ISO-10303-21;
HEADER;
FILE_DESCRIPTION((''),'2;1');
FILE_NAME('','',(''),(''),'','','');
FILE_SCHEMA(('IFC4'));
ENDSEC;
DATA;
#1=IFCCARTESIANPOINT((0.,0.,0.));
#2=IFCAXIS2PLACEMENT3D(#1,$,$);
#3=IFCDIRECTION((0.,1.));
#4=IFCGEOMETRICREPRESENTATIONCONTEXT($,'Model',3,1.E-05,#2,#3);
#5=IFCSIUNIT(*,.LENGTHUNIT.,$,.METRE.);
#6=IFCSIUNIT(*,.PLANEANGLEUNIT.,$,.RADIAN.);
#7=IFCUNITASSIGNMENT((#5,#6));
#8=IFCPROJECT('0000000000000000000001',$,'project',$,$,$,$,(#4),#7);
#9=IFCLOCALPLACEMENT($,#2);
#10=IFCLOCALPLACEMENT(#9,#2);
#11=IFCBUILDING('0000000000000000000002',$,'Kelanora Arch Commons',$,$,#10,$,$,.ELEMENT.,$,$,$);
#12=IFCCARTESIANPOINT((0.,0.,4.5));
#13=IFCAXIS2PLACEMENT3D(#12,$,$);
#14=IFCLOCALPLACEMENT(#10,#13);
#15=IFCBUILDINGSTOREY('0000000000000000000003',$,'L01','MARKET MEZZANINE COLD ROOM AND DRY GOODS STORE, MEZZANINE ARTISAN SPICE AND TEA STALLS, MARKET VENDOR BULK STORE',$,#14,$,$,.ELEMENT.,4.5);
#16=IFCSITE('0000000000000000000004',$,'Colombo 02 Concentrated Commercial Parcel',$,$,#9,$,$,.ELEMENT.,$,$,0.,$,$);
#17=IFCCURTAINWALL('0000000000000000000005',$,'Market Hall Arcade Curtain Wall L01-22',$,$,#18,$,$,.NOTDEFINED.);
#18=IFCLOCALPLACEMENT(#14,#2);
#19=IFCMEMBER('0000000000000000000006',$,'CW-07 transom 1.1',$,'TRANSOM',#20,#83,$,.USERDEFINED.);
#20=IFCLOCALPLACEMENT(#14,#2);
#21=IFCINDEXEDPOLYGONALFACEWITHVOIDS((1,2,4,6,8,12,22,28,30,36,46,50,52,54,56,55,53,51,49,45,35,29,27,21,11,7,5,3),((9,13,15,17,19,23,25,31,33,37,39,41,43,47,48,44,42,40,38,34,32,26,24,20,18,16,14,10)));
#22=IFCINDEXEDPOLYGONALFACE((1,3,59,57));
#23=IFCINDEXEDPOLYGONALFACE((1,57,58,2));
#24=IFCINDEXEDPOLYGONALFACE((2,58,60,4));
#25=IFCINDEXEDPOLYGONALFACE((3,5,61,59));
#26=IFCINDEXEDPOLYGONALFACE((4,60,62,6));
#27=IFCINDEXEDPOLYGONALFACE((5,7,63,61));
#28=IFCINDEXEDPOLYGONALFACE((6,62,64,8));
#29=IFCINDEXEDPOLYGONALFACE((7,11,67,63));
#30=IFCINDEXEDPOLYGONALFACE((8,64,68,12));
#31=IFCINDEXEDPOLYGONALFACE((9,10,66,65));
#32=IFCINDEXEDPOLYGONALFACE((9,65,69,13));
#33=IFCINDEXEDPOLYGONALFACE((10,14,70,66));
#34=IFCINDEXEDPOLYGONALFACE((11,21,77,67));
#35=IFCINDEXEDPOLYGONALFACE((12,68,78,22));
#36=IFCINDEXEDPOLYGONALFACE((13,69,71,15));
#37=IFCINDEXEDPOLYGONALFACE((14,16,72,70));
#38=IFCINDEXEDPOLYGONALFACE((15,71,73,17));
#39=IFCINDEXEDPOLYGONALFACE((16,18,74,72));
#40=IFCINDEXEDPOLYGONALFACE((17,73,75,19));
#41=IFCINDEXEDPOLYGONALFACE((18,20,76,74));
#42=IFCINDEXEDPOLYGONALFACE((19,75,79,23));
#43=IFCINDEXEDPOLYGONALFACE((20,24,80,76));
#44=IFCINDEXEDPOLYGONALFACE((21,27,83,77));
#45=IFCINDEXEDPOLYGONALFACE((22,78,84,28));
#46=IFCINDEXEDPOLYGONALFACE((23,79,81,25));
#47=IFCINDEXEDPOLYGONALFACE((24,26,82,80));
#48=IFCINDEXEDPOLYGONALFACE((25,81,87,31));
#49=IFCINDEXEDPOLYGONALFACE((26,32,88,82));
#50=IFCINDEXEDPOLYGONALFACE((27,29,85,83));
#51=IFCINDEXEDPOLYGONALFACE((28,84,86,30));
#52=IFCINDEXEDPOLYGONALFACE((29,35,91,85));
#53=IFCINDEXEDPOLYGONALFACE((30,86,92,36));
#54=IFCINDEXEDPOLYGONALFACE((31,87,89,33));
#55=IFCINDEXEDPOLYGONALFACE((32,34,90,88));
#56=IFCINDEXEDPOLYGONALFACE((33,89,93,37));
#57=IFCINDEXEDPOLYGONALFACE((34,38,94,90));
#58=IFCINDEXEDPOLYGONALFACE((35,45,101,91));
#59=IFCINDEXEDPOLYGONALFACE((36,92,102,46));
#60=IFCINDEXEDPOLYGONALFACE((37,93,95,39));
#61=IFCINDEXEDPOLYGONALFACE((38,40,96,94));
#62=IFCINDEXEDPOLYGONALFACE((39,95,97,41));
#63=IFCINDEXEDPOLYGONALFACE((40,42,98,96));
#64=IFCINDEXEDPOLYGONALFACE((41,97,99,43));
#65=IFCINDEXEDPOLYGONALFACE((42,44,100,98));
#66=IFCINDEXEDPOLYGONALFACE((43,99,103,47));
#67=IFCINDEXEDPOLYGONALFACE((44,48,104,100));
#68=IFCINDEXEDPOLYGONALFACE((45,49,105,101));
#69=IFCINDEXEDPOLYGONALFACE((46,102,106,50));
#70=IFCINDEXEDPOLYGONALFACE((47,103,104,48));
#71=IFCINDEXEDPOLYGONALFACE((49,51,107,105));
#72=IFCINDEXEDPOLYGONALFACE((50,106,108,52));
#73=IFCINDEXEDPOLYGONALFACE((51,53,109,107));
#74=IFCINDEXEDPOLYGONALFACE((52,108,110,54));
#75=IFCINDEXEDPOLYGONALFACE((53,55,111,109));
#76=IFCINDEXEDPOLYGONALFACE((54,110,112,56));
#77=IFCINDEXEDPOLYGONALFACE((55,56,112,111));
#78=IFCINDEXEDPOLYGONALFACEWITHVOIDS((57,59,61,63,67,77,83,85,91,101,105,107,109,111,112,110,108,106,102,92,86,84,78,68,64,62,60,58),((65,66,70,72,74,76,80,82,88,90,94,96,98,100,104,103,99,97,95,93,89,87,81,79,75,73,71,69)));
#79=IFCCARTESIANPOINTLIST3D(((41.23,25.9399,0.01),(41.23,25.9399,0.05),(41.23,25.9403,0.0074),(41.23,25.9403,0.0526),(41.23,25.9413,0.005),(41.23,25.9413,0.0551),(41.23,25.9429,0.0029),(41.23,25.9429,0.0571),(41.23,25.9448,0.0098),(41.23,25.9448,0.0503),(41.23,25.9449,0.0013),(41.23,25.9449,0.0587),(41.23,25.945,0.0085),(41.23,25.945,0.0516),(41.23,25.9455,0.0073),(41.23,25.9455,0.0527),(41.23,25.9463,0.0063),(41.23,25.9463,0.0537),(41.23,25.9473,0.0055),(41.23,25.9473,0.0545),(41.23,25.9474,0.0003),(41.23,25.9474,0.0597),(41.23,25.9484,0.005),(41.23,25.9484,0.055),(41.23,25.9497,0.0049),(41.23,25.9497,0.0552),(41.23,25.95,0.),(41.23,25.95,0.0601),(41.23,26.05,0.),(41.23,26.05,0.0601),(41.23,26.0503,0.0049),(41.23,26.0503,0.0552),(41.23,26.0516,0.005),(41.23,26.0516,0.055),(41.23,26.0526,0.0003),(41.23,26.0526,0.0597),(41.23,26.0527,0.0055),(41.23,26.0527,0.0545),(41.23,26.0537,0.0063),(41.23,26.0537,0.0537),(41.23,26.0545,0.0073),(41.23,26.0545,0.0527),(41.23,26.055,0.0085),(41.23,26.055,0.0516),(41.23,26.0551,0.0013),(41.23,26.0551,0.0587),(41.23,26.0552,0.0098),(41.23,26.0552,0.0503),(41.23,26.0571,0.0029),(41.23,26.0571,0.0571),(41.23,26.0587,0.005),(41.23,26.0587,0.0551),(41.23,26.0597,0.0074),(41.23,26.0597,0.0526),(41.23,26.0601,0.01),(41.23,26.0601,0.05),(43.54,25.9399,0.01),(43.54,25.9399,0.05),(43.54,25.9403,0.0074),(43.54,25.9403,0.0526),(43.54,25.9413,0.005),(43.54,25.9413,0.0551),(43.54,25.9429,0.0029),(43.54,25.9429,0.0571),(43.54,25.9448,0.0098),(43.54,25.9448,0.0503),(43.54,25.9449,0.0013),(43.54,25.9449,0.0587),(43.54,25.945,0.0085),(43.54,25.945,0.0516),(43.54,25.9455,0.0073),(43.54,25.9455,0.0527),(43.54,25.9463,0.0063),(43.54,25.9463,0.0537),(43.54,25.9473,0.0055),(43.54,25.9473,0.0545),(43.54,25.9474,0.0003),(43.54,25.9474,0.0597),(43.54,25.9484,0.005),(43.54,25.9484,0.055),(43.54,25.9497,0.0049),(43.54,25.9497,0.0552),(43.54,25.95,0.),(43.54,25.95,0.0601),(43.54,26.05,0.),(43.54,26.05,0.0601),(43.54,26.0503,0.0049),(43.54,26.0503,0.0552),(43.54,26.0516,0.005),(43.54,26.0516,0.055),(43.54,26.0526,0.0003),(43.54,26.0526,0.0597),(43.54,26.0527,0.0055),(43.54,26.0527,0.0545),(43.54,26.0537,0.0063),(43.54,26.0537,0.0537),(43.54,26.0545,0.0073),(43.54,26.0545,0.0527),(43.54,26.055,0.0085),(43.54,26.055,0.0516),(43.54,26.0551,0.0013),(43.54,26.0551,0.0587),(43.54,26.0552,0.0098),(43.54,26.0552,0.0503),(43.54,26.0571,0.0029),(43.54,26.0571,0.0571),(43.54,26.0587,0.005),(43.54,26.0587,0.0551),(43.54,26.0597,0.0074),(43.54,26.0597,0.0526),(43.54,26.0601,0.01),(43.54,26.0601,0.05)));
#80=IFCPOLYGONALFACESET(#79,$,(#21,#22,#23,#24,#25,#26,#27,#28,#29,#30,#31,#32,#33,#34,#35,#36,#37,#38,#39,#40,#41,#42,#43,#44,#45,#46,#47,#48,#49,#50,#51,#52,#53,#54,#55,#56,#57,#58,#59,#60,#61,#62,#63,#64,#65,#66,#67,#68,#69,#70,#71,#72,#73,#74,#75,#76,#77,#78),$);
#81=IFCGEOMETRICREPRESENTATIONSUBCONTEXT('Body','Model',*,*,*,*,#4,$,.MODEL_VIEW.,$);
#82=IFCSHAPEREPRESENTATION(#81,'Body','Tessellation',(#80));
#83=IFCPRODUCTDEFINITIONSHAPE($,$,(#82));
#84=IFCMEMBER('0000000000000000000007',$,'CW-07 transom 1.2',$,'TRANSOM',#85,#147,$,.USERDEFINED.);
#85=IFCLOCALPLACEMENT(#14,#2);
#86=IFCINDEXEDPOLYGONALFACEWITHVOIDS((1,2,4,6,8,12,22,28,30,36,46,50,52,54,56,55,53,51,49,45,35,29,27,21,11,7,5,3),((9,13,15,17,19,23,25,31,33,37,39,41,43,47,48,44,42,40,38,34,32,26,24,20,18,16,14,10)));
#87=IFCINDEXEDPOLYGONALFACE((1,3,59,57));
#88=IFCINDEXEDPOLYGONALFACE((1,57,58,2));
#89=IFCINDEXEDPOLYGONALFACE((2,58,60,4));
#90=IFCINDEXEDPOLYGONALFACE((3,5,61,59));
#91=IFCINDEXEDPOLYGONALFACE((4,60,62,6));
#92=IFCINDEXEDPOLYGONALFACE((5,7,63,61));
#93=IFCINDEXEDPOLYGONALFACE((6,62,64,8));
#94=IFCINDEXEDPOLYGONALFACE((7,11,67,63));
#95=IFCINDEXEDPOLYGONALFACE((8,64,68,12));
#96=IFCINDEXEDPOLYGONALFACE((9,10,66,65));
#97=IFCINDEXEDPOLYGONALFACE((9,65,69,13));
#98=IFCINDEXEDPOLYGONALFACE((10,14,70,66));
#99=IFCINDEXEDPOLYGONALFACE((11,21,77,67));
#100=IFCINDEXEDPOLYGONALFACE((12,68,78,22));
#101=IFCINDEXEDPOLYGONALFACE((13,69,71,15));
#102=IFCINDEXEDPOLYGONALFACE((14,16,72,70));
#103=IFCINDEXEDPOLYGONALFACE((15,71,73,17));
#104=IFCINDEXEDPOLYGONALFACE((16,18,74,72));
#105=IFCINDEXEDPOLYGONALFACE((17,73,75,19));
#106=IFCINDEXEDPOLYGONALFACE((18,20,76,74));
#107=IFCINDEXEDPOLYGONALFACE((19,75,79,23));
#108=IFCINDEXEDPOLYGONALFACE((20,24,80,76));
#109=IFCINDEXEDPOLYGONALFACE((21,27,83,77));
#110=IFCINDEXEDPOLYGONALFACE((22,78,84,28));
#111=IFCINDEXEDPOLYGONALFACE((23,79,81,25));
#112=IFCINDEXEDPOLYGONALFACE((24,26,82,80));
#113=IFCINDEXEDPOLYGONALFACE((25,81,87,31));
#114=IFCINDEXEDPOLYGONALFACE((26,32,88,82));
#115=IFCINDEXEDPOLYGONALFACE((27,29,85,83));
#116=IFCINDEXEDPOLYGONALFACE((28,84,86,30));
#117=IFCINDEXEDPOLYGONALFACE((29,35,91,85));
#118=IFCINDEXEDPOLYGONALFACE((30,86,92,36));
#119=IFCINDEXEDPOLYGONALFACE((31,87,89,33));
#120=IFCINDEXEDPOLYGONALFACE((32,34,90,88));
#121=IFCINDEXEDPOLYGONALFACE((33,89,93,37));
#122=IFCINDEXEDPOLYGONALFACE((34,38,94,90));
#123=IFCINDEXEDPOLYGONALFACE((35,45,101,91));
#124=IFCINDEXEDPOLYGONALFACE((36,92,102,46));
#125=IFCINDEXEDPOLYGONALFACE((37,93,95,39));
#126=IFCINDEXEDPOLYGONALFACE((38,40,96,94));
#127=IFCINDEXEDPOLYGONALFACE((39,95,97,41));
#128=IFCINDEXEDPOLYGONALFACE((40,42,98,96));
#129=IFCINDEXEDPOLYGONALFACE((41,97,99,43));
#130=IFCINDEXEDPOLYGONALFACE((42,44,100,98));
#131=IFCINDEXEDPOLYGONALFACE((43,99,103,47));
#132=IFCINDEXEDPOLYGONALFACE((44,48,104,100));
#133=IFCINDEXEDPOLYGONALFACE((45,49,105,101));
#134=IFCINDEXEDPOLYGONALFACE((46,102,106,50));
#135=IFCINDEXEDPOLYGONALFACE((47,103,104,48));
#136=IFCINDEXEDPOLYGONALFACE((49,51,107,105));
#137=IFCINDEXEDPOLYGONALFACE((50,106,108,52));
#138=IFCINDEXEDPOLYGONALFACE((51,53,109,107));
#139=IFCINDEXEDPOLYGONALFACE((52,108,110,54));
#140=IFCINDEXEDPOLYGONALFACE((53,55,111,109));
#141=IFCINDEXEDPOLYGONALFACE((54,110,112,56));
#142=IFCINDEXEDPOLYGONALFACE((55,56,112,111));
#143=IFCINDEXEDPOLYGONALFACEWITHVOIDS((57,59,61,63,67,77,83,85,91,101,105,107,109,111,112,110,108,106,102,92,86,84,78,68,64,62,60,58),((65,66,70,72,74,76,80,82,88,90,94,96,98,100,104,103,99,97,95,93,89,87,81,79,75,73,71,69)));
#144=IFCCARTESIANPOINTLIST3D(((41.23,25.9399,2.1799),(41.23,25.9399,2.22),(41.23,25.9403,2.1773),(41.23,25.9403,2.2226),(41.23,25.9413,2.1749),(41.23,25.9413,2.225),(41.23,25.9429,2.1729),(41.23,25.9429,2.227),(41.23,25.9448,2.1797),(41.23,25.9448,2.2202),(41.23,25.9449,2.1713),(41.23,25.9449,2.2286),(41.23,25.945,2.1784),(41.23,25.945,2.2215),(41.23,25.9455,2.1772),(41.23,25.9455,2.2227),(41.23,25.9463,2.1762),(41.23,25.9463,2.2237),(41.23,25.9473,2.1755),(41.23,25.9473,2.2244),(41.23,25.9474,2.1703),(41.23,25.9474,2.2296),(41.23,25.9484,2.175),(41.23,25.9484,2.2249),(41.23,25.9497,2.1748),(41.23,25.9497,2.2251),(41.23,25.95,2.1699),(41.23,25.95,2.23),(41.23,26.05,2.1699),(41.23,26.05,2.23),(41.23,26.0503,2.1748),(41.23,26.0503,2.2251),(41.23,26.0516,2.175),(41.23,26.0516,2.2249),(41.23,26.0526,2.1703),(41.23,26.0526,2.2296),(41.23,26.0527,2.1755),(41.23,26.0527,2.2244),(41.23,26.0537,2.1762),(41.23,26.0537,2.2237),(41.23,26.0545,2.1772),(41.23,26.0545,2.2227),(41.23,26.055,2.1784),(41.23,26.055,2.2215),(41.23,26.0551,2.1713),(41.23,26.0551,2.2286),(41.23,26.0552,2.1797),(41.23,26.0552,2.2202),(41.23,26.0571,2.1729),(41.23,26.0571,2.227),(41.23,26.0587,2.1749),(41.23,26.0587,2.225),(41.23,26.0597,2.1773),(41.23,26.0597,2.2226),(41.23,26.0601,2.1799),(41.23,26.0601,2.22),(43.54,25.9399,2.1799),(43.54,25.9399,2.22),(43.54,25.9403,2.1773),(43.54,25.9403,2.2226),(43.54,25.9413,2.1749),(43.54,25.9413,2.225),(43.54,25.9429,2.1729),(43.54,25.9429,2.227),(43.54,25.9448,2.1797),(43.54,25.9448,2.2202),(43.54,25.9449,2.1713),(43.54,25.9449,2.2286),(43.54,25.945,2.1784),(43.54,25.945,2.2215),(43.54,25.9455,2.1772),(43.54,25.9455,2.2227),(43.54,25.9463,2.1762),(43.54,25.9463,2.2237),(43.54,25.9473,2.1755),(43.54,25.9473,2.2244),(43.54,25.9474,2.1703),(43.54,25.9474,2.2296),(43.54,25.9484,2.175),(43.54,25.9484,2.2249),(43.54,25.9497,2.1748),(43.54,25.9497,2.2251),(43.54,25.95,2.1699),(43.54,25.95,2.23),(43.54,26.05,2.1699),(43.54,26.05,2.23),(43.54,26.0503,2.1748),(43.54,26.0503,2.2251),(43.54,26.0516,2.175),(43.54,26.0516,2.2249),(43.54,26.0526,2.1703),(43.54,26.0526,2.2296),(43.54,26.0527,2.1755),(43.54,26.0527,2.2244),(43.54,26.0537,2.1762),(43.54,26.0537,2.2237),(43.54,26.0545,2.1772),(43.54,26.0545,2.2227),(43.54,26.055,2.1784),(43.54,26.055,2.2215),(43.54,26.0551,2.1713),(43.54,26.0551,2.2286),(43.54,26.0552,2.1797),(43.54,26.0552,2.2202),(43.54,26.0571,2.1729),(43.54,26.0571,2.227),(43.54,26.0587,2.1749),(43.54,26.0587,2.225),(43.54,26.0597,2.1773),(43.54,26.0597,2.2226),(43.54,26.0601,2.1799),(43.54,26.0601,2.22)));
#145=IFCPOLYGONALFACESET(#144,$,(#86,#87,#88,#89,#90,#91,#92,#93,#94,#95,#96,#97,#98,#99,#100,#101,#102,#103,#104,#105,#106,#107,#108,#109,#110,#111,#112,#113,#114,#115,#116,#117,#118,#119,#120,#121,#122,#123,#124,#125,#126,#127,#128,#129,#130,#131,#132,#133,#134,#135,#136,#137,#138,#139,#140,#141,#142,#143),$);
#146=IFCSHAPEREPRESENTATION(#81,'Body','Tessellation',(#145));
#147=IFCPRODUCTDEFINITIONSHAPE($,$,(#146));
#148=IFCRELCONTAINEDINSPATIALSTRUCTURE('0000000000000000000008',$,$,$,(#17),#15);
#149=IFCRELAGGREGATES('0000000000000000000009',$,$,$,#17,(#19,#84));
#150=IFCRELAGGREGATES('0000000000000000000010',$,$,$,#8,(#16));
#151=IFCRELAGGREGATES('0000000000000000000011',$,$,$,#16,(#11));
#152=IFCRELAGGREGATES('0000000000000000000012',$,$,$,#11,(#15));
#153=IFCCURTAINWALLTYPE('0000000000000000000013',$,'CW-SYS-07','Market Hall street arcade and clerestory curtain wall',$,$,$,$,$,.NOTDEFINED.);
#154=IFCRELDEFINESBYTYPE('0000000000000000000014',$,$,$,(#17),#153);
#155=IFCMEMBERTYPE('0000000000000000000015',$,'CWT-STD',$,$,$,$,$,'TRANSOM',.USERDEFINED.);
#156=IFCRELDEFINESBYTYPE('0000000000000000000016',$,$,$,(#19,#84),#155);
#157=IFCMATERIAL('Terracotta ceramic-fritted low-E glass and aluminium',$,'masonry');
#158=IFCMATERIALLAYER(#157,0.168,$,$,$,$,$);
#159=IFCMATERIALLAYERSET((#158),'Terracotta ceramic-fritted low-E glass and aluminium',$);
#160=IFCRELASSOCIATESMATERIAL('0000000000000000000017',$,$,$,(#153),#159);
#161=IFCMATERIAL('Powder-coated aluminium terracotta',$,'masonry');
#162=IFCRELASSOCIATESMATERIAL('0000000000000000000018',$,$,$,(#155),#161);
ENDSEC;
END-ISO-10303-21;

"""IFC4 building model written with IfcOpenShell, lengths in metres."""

from ifc_helpers import new_model, si_unit, direction, frame, origin, origin_2d, place, context, subcontext, project, spatial, hollow_rectangle, extrude, material, layer, layer_set, material_profile, profile_set, type_object, element, aggregate, save


model = new_model("IFC4")

# Units and contexts
model_context = context("Model", 3, precision=1e-05, world=origin(), true_north=direction((0.0, 1.0)))
body_context = subcontext(model_context, "Body", "Model", "MODEL_VIEW")
ifc_project = project(units=[si_unit("LENGTHUNIT", "METRE"), si_unit("PLANEANGLEUNIT", "RADIAN")], contexts=[model_context])

# Site, building, storey
site_placement = place(None, origin())
site = spatial("IfcSite", under=ifc_project, at=site_placement, Name="Colombo 02 Concentrated Commercial Parcel", CompositionType="ELEMENT", RefElevation=0.0)
building_placement = place(site_placement, origin())
building = spatial("IfcBuilding", under=site, at=building_placement, Name="Kelanora Arch Commons", CompositionType="ELEMENT")
storey_placement = place(building_placement, frame((0.0, 0.0, 4.5)))
storey = spatial("IfcBuildingStorey", under=building, at=storey_placement, Name="L01", Description="MARKET MEZZANINE COLD ROOM AND DRY GOODS STORE, MEZZANINE ARTISAN SPICE AND TEA STALLS, MARKET VENDOR BULK STORE", CompositionType="ELEMENT", Elevation=4.5)

# Curtain wall, members
ifc_material_1 = material(Name="Terracotta ceramic-fritted low-E glass and aluminium", Category="masonry")
ifc_layer_1 = layer(ifc_material_1, 0.168)
ifc_layer_set_1 = layer_set([ifc_layer_1], Name="Terracotta ceramic-fritted low-E glass and aluminium")
curtain_wall_type = type_object("IfcCurtainWallType", Name="CW-SYS-07", Description="Market Hall street arcade and clerestory curtain wall", PredefinedType="NOTDEFINED", material=ifc_layer_set_1)
curtain_wall_placement = place(storey_placement, origin())
curtain_wall = element("IfcCurtainWall", 1, at=curtain_wall_placement, inside=storey, type_object=curtain_wall_type, Name="Market Hall Arcade Curtain Wall L01-22", PredefinedType="NOTDEFINED")
ifc_material_2 = material(Name="Powder-coated aluminium terracotta", Category="masonry")
ifc_material_profile_1 = material_profile(ifc_material_2, hollow_rectangle(XDim=0.1201, YDim=0.0601, WallThickness=0.0049, InnerFilletRadius=0.0049, OuterFilletRadius=0.01, at=origin_2d()), Name="CWT120x60")
ifc_profile_set_1 = profile_set([ifc_material_profile_1], Name="Powder-coated aluminium terracotta")
member_type_1 = type_object("IfcMemberType", Name="CWT-STD", ElementType="TRANSOM", PredefinedType="USERDEFINED", material=ifc_profile_set_1)
member_1_placement = place(storey_placement, frame((43.54, 26.0, 0.03), z_axis=(-1.0, 0.0, 0.0), x_axis=(0.0, -1.0, 0.0)))
member_1 = element("IfcMember", 2, at=member_1_placement, type_object=member_type_1, Name="CW-07 transom 1.1", ObjectType="TRANSOM", PredefinedType="USERDEFINED", context=body_context, shape_type="SweptSolid", body=[
    extrude(hollow_rectangle(XDim=0.1201, YDim=0.0601, WallThickness=0.0049, InnerFilletRadius=0.0049, OuterFilletRadius=0.01, at=origin_2d()), origin(), (0.0, 0.0, 1.0), 2.3101),
])
member_2_placement = place(storey_placement, frame((43.54, 26.0, 2.2), z_axis=(-1.0, 0.0, 0.0), x_axis=(0.0, -1.0, 0.0)))
member_2 = element("IfcMember", 3, at=member_2_placement, type_object=member_type_1, Name="CW-07 transom 1.2", ObjectType="TRANSOM", PredefinedType="USERDEFINED", context=body_context, shape_type="SweptSolid", body=[
    extrude(hollow_rectangle(XDim=0.1201, YDim=0.0601, WallThickness=0.0049, InnerFilletRadius=0.0049, OuterFilletRadius=0.01, at=origin_2d()), origin(), (0.0, 0.0, 1.0), 2.3101),
])
aggregate(curtain_wall, [member_1, member_2])

save(model, "model.ifc")
